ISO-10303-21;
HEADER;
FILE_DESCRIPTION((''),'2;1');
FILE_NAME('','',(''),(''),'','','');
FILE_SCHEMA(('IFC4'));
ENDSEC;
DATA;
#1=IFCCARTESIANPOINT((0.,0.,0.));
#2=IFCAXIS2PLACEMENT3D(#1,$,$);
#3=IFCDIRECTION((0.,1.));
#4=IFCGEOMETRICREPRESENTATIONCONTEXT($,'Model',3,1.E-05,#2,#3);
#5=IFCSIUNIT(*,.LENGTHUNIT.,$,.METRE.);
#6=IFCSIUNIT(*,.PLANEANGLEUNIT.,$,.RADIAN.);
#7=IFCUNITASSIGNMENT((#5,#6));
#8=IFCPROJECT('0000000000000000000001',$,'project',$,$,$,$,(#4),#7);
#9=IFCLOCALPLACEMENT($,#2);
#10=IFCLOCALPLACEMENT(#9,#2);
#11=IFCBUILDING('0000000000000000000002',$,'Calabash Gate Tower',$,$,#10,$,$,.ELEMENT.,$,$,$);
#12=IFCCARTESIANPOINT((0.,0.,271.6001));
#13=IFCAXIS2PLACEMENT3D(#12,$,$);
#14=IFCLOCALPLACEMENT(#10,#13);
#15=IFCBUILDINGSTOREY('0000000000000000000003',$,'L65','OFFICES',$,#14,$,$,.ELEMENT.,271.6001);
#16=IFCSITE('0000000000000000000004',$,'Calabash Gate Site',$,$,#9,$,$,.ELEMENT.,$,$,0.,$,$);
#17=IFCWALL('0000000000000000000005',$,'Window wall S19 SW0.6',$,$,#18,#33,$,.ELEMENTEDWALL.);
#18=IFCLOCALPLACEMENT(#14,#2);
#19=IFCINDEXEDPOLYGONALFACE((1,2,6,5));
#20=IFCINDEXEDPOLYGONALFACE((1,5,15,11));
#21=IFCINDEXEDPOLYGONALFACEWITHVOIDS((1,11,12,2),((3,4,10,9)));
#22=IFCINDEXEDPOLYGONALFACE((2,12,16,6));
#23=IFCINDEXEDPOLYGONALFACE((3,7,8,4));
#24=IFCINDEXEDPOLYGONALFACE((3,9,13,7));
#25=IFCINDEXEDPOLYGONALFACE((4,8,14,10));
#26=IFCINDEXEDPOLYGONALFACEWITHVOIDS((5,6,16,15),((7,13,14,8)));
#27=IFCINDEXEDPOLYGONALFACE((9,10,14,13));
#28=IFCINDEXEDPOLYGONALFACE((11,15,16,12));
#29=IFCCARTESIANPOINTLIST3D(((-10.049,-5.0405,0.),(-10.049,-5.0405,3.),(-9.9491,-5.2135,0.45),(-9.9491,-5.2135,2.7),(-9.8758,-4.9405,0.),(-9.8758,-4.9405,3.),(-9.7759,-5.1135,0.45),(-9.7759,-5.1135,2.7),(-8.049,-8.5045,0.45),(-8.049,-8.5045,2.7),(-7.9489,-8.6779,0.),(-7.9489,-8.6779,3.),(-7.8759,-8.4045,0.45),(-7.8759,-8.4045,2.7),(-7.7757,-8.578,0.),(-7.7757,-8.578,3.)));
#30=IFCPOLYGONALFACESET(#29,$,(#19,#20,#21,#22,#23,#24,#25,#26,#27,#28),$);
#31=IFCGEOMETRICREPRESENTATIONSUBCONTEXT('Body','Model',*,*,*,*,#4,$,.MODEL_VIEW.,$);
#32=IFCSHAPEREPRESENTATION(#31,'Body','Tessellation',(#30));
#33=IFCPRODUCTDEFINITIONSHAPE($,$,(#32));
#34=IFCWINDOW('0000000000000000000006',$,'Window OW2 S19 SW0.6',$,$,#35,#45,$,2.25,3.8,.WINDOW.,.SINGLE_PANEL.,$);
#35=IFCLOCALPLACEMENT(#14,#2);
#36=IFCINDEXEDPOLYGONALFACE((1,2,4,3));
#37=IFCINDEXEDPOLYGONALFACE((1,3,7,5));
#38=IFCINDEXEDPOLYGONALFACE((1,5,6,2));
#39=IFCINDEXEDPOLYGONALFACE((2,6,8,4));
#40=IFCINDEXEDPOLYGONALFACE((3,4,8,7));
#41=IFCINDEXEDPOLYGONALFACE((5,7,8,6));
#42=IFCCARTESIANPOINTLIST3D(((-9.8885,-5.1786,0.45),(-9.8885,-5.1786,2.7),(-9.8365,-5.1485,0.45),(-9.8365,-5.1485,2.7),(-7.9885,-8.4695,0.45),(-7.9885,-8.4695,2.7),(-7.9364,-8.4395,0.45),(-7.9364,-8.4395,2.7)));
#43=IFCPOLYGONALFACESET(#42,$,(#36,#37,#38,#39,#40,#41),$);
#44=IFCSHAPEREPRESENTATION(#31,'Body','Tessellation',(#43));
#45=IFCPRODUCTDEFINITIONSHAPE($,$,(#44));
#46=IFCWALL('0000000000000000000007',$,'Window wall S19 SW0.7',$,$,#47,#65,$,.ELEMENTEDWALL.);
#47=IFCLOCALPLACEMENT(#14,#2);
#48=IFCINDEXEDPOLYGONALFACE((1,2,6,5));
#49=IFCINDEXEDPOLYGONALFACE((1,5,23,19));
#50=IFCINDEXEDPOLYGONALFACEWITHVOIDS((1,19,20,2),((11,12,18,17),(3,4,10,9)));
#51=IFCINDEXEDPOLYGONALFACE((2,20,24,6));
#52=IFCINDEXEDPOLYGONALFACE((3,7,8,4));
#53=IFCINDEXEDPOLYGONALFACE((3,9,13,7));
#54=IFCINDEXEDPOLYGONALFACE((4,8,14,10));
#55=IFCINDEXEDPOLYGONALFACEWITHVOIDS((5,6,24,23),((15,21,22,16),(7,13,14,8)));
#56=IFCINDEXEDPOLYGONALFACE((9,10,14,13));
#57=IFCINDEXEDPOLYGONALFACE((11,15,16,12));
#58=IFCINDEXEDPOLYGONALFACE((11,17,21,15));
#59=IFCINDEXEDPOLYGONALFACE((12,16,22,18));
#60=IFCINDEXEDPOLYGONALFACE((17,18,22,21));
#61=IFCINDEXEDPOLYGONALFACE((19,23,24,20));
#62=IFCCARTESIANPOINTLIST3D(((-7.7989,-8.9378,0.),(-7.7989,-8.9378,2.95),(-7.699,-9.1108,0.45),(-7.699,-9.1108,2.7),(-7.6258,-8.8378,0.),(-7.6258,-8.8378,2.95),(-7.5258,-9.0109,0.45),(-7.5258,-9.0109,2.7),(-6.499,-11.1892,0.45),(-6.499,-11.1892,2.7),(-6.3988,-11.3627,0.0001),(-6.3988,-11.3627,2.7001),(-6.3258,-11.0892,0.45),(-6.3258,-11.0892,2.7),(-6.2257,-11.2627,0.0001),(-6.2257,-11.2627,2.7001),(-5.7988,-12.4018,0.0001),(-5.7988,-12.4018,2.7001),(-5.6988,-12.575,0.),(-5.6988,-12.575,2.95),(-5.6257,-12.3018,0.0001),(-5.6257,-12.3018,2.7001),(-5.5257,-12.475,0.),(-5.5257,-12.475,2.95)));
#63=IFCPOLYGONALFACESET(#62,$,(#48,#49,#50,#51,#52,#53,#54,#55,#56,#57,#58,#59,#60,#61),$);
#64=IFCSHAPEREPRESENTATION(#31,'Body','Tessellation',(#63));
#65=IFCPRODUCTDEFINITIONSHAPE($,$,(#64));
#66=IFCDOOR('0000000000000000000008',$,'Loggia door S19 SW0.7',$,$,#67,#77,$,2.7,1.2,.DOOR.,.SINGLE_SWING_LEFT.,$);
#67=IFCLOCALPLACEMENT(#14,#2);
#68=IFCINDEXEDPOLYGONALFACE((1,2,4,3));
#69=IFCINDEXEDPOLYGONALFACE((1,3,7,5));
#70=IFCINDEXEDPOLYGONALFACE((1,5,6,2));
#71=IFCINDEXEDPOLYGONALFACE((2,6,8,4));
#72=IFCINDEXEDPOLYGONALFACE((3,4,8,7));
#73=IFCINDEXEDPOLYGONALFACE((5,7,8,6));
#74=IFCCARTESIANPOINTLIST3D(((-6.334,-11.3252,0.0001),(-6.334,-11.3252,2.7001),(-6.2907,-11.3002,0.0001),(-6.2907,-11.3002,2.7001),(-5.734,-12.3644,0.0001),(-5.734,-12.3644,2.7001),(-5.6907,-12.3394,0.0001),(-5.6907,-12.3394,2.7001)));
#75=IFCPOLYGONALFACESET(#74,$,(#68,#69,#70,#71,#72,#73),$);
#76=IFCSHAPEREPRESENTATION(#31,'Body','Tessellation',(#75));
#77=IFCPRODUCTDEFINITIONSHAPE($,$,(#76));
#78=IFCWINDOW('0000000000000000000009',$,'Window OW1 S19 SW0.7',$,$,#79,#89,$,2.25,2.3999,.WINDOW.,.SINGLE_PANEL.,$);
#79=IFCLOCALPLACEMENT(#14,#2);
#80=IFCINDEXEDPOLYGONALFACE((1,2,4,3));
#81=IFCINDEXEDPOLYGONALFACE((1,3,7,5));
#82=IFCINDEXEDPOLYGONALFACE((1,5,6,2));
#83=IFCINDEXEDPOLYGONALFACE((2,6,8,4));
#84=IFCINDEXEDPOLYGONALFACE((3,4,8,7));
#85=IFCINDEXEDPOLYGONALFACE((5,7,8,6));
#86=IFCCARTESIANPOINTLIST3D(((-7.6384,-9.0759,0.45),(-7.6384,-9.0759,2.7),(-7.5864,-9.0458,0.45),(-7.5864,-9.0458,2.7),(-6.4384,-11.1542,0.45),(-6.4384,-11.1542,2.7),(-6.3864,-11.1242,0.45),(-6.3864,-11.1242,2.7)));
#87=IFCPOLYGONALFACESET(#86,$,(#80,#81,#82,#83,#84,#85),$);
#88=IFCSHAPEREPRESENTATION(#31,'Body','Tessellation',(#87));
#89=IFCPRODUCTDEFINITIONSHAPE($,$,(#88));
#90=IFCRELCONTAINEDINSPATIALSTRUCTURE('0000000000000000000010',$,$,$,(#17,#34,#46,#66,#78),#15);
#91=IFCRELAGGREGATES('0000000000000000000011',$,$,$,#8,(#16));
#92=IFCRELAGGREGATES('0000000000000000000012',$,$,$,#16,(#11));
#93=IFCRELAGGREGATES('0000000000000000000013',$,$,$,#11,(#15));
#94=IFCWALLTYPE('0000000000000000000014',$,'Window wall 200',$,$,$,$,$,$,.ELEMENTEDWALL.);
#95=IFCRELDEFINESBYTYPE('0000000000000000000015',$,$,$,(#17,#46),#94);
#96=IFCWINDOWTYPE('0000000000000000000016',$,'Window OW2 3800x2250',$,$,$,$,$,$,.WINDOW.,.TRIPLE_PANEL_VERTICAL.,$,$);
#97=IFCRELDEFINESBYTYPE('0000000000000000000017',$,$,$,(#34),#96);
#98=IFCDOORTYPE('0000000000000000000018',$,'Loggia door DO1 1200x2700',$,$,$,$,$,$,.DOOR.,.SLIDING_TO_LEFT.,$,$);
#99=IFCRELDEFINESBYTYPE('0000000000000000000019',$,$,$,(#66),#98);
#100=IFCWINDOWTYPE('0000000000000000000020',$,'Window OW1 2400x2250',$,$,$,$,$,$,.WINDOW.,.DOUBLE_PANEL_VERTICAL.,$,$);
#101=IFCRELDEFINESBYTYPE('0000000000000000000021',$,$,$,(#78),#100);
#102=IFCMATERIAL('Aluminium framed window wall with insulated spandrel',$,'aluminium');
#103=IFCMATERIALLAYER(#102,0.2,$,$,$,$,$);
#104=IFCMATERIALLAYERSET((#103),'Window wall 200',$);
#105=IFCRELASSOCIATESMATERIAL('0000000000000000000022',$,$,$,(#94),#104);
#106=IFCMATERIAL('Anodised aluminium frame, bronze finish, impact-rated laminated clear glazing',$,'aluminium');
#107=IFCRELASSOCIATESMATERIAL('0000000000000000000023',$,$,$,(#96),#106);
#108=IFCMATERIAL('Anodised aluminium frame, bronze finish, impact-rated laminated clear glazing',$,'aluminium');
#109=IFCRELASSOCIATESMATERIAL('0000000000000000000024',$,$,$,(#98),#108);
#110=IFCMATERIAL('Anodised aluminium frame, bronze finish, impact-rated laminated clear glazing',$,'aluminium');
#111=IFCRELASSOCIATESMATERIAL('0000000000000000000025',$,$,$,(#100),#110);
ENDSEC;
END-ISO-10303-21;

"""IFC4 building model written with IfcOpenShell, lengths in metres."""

from ifc_helpers import new_model, si_unit, direction, frame, frame_2d, origin, place, context, subcontext, project, spatial, rectangle, extrude, material, layer, layer_set, type_object, element, fill, save


model = new_model("IFC4")

# Units and contexts
model_context = context("Model", 3, precision=1e-05, world=origin(), true_north=direction((0.0, 1.0)))
body_context = subcontext(model_context, "Body", "Model", "MODEL_VIEW")
ifc_project = project(units=[si_unit("LENGTHUNIT", "METRE"), si_unit("PLANEANGLEUNIT", "RADIAN")], contexts=[model_context])

# Site, building, storey
site_placement = place(None, origin())
site = spatial("IfcSite", under=ifc_project, at=site_placement, Name="Calabash Gate Site", CompositionType="ELEMENT", RefElevation=0.0)
building_placement = place(site_placement, origin())
building = spatial("IfcBuilding", under=site, at=building_placement, Name="Calabash Gate Tower", CompositionType="ELEMENT")
storey_placement = place(building_placement, frame((0.0, 0.0, 271.6001)))
storey = spatial("IfcBuildingStorey", under=building, at=storey_placement, Name="L65", Description="OFFICES", CompositionType="ELEMENT", Elevation=271.6001)

# Wall, opening, window
ifc_material_1 = material(Name="Aluminium framed window wall with insulated spandrel", Category="aluminium")
ifc_layer_1 = layer(ifc_material_1, 0.2)
ifc_layer_set_1 = layer_set([ifc_layer_1], Name="Window wall 200")
wall_type_1 = type_object("IfcWallType", Name="Window wall 200", PredefinedType="ELEMENTEDWALL", material=ifc_layer_set_1)
wall_1_placement = place(storey_placement, frame((-9.9624, -4.9905, 0.0), z_axis=(0.0, 0.0, 1.0), x_axis=(0.500003, -0.866024, 0.0)))
wall_1 = element("IfcWall", 1, at=wall_1_placement, inside=storey, type_object=wall_type_1, Name="Window wall S19 SW0.6", PredefinedType="ELEMENTEDWALL", context=body_context, shape_type="SweptSolid", body=[
    extrude(rectangle(XDim=4.2002, YDim=0.2, at=frame_2d((2.1001, 0.0))), origin(), (0.0, 0.0, 1.0), 3.0),
])
opening_1_placement = place(wall_1_placement, frame((0.2, 0.0, 0.45)))
opening_1 = element("IfcOpeningElement", 2, at=opening_1_placement, cuts=wall_1, PredefinedType="OPENING", context=body_context, shape_type="SweptSolid", body=[
    extrude(rectangle(XDim=3.8, YDim=2.25, at=frame_2d((1.8999, 1.125))), frame((0.0, 0.1099, 0.0), z_axis=(0.0, -1.0, 0.0), x_axis=(1.0, 0.0, 0.0)), (0.0, 0.0, 1.0), 0.22),
])
ifc_material_2 = material(Name="Anodised aluminium frame, bronze finish, impact-rated laminated clear glazing", Category="aluminium")
window_type_1 = type_object("IfcWindowType", Name="Window OW2 3800x2250", PartitioningType="TRIPLE_PANEL_VERTICAL", PredefinedType="WINDOW", material=ifc_material_2)
window_1_placement = place(opening_1_placement, origin())
window_1 = element("IfcWindow", 3, at=window_1_placement, inside=storey, type_object=window_type_1, Name="Window OW2 S19 SW0.6", OverallHeight=2.25, OverallWidth=3.8, PartitioningType="SINGLE_PANEL", PredefinedType="WINDOW", context=body_context, shape_type="SweptSolid", body=[
    extrude(rectangle(XDim=3.8, YDim=2.25, at=frame_2d((1.8999, 1.125))), frame((0.0, 0.03, 0.0), z_axis=(0.0, -1.0, 0.0), x_axis=(1.0, 0.0, 0.0)), (0.0, 0.0, 1.0), 0.0601),
])
fill(opening_1, window_1)

# Wall, openings, door, window
wall_2_placement = place(storey_placement, frame((-7.7124, -8.8877, 0.0), z_axis=(0.0, 0.0, 1.0), x_axis=(0.500028, -0.866009, 0.0)))
wall_2 = element("IfcWall", 4, at=wall_2_placement, inside=storey, type_object=wall_type_1, Name="Window wall S19 SW0.7", PredefinedType="ELEMENTEDWALL", context=body_context, shape_type="SweptSolid", body=[
    extrude(rectangle(XDim=4.2, YDim=0.2, at=frame_2d((2.1001, 0.0))), origin(), (0.0, 0.0, 1.0), 2.95),
])
opening_2_placement = place(wall_2_placement, frame((0.2, 0.0, 0.45)))
opening_2 = element("IfcOpeningElement", 5, at=opening_2_placement, cuts=wall_2, PredefinedType="OPENING", context=body_context, shape_type="SweptSolid", body=[
    extrude(rectangle(XDim=2.3999, YDim=2.25, at=frame_2d((1.2, 1.125))), frame((0.0, 0.1099, 0.0), z_axis=(0.0, -1.0, 0.0), x_axis=(1.0, 0.0, 0.0)), (0.0, 0.0, 1.0), 0.22),
])
opening_3_placement = place(wall_2_placement, frame((2.8, 0.0, 0.0)))
opening_3 = element("IfcOpeningElement", 6, at=opening_3_placement, cuts=wall_2, PredefinedType="OPENING", context=body_context, shape_type="SweptSolid", body=[
    extrude(rectangle(XDim=1.2, YDim=2.7, at=frame_2d((0.6001, 1.3501))), frame((0.0, 0.1099, 0.0), z_axis=(0.0, -1.0, 0.0), x_axis=(1.0, 0.0, 0.0)), (0.0, 0.0, 1.0), 0.22),
])
ifc_material_3 = material(Name="Anodised aluminium frame, bronze finish, impact-rated laminated clear glazing", Category="aluminium")
door_type = type_object("IfcDoorType", Name="Loggia door DO1 1200x2700", OperationType="SLIDING_TO_LEFT", PredefinedType="DOOR", material=ifc_material_3)
door_placement = place(opening_3_placement, origin())
door = element("IfcDoor", 7, at=door_placement, inside=storey, type_object=door_type, Name="Loggia door S19 SW0.7", OperationType="SINGLE_SWING_LEFT", OverallHeight=2.7, OverallWidth=1.2, PredefinedType="DOOR", context=body_context, shape_type="SweptSolid", body=[
    extrude(rectangle(XDim=1.2, YDim=2.7, at=frame_2d((0.6001, 1.3501))), frame((0.0, 0.0249, 0.0), z_axis=(0.0, -1.0, 0.0), x_axis=(1.0, 0.0, 0.0)), (0.0, 0.0, 1.0), 0.05),
])
fill(opening_3, door)
ifc_material_4 = material(Name="Anodised aluminium frame, bronze finish, impact-rated laminated clear glazing", Category="aluminium")
window_type_2 = type_object("IfcWindowType", Name="Window OW1 2400x2250", PartitioningType="DOUBLE_PANEL_VERTICAL", PredefinedType="WINDOW", material=ifc_material_4)
window_2_placement = place(opening_2_placement, origin())
window_2 = element("IfcWindow", 8, at=window_2_placement, inside=storey, type_object=window_type_2, Name="Window OW1 S19 SW0.7", OverallHeight=2.25, OverallWidth=2.3999, PartitioningType="SINGLE_PANEL", PredefinedType="WINDOW", context=body_context, shape_type="SweptSolid", body=[
    extrude(rectangle(XDim=2.3999, YDim=2.25, at=frame_2d((1.2, 1.125))), frame((0.0, 0.03, 0.0), z_axis=(0.0, -1.0, 0.0), x_axis=(1.0, 0.0, 0.0)), (0.0, 0.0, 1.0), 0.0601),
])
fill(opening_2, window_2)

save(model, "model.ifc")
